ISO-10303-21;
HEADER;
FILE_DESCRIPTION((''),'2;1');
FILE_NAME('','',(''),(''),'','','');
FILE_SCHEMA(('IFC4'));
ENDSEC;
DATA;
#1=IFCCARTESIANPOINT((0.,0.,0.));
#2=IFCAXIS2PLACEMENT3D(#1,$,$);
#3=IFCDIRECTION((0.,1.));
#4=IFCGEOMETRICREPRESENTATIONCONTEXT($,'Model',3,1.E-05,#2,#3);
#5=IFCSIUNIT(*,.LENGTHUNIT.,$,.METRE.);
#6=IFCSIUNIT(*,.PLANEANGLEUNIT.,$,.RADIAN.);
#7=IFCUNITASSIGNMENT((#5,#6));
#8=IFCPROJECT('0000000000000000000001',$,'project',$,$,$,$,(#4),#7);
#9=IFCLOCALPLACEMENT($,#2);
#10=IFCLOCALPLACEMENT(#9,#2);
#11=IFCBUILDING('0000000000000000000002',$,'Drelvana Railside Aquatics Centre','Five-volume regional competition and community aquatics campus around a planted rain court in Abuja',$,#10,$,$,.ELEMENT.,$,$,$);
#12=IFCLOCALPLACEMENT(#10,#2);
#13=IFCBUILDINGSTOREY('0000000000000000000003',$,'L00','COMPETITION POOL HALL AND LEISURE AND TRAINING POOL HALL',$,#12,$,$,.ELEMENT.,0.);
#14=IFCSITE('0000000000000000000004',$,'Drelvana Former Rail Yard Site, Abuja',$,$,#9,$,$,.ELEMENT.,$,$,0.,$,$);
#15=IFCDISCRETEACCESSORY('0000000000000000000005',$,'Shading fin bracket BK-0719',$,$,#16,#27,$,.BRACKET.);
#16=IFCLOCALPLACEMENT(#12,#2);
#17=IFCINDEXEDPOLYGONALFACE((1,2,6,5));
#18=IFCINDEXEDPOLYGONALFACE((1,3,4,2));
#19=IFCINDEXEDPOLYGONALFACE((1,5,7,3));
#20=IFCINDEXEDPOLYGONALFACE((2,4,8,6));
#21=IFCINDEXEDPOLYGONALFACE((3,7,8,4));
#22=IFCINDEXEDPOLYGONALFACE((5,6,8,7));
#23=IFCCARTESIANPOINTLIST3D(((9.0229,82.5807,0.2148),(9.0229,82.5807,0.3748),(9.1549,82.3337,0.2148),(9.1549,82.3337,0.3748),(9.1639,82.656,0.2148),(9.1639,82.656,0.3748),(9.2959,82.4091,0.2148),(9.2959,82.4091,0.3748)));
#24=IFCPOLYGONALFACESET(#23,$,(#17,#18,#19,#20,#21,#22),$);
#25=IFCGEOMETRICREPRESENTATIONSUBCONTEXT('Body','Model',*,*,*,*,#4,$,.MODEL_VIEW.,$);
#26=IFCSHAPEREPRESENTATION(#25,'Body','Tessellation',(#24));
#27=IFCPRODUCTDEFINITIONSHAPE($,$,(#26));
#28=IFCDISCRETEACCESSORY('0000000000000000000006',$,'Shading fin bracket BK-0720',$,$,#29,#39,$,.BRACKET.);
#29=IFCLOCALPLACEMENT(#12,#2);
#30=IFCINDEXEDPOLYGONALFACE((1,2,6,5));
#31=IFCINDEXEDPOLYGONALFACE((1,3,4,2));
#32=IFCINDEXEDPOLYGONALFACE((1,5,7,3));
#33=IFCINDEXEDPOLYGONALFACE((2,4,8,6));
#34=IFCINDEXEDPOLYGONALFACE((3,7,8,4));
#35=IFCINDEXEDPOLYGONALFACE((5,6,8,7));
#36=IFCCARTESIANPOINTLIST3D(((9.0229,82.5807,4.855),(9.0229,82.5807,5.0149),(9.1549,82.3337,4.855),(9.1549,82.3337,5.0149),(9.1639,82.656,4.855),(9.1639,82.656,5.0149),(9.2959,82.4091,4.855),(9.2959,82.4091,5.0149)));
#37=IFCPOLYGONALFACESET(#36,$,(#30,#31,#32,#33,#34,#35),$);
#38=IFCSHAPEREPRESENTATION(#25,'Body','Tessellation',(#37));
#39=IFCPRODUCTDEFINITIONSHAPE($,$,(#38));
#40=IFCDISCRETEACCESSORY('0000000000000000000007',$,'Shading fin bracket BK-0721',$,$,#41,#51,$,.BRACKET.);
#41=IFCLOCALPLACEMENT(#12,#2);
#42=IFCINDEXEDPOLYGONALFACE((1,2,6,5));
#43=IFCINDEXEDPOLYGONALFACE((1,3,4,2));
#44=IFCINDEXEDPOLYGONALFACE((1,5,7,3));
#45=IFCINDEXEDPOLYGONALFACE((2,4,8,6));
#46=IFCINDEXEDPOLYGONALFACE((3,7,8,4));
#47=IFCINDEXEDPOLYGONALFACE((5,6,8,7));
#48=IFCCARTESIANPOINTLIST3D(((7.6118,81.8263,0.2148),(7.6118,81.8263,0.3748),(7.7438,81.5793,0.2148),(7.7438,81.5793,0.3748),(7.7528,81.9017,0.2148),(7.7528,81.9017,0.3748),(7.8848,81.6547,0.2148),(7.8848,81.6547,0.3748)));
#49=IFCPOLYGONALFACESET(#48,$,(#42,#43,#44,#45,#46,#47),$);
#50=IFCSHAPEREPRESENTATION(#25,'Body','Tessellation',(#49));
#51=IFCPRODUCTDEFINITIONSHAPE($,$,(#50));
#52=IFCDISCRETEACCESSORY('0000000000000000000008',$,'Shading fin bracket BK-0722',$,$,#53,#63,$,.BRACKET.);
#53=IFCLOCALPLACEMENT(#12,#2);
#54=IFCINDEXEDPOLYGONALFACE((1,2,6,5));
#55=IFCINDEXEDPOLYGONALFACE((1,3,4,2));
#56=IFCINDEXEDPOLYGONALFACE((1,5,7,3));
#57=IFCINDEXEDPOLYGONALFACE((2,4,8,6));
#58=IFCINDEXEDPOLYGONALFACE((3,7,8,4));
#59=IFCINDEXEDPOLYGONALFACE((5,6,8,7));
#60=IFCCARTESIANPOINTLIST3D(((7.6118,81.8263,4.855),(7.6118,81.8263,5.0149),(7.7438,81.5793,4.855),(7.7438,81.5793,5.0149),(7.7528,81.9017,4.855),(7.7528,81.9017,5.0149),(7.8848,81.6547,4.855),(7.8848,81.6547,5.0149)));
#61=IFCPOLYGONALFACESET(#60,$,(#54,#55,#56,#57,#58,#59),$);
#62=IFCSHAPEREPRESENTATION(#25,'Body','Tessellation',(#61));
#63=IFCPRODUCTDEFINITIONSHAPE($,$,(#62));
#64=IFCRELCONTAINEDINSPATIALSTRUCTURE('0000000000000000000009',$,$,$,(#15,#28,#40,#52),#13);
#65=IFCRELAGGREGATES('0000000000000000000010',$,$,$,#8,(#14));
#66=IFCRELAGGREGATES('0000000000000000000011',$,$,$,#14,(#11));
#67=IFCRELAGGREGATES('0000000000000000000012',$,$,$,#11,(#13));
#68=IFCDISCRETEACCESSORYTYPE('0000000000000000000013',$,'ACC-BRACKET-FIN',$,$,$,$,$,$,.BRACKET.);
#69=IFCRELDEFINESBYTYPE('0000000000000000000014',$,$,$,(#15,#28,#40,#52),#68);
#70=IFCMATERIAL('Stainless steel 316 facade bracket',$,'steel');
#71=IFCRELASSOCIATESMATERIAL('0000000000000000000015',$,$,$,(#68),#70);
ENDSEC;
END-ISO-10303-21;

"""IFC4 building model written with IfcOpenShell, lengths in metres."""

from ifc_helpers import new_model, si_unit, direction, frame, origin, origin_2d, place, context, subcontext, project, spatial, rectangle, extrude, material, type_object, element, save


model = new_model("IFC4")

# Units and contexts
model_context = context("Model", 3, precision=1e-05, world=origin(), true_north=direction((0.0, 1.0)))
body_context = subcontext(model_context, "Body", "Model", "MODEL_VIEW")
ifc_project = project(units=[si_unit("LENGTHUNIT", "METRE"), si_unit("PLANEANGLEUNIT", "RADIAN")], contexts=[model_context])

# Site, building, storey
site_placement = place(None, origin())
site = spatial("IfcSite", under=ifc_project, at=site_placement, Name="Drelvana Former Rail Yard Site, Abuja", CompositionType="ELEMENT", RefElevation=0.0)
building_placement = place(site_placement, origin())
building = spatial("IfcBuilding", under=site, at=building_placement, Name="Drelvana Railside Aquatics Centre", Description="Five-volume regional competition and community aquatics campus around a planted rain court in Abuja", CompositionType="ELEMENT")
storey_placement = place(building_placement, origin())
storey = spatial("IfcBuildingStorey", under=building, at=storey_placement, Name="L00", Description="COMPETITION POOL HALL AND LEISURE AND TRAINING POOL HALL", CompositionType="ELEMENT", Elevation=0.0)

# Discrete accessories
ifc_material_1 = material(Name="Stainless steel 316 facade bracket", Category="steel")
discrete_accessory_type = type_object("IfcDiscreteAccessoryType", Name="ACC-BRACKET-FIN", PredefinedType="BRACKET", material=ifc_material_1)
for number, where, z_axis, x_axis, name in (
    (1, (9.1594, 82.4949, 0.2148), (0.0, 0.0, 1.0), (-0.471397, 0.881921, 0.0), "Shading fin bracket BK-0719"),
    (2, (9.1594, 82.4949, 4.855), (0.0, 0.0, 1.0), (-0.471397, 0.881921, 0.0), "Shading fin bracket BK-0720"),
    (3, (7.7483, 81.7405, 0.2148), (0.0, 0.0, 1.0), (-0.471397, 0.881921, 0.0), "Shading fin bracket BK-0721"),
    (4, (7.7483, 81.7405, 4.855), (0.0, 0.0, 1.0), (-0.471397, 0.881921, 0.0), "Shading fin bracket BK-0722"),
):
    element("IfcDiscreteAccessory", number, at=place(storey_placement, frame(where, z_axis=z_axis, x_axis=x_axis)), inside=storey, type_object=discrete_accessory_type, Name=name, PredefinedType="BRACKET", context=body_context, shape_type="SweptSolid", body=[
        extrude(rectangle(XDim=0.28, YDim=0.1599, at=origin_2d()), origin(), (0.0, 0.0, 1.0), 0.1599),
    ])

save(model, "model.ifc")
